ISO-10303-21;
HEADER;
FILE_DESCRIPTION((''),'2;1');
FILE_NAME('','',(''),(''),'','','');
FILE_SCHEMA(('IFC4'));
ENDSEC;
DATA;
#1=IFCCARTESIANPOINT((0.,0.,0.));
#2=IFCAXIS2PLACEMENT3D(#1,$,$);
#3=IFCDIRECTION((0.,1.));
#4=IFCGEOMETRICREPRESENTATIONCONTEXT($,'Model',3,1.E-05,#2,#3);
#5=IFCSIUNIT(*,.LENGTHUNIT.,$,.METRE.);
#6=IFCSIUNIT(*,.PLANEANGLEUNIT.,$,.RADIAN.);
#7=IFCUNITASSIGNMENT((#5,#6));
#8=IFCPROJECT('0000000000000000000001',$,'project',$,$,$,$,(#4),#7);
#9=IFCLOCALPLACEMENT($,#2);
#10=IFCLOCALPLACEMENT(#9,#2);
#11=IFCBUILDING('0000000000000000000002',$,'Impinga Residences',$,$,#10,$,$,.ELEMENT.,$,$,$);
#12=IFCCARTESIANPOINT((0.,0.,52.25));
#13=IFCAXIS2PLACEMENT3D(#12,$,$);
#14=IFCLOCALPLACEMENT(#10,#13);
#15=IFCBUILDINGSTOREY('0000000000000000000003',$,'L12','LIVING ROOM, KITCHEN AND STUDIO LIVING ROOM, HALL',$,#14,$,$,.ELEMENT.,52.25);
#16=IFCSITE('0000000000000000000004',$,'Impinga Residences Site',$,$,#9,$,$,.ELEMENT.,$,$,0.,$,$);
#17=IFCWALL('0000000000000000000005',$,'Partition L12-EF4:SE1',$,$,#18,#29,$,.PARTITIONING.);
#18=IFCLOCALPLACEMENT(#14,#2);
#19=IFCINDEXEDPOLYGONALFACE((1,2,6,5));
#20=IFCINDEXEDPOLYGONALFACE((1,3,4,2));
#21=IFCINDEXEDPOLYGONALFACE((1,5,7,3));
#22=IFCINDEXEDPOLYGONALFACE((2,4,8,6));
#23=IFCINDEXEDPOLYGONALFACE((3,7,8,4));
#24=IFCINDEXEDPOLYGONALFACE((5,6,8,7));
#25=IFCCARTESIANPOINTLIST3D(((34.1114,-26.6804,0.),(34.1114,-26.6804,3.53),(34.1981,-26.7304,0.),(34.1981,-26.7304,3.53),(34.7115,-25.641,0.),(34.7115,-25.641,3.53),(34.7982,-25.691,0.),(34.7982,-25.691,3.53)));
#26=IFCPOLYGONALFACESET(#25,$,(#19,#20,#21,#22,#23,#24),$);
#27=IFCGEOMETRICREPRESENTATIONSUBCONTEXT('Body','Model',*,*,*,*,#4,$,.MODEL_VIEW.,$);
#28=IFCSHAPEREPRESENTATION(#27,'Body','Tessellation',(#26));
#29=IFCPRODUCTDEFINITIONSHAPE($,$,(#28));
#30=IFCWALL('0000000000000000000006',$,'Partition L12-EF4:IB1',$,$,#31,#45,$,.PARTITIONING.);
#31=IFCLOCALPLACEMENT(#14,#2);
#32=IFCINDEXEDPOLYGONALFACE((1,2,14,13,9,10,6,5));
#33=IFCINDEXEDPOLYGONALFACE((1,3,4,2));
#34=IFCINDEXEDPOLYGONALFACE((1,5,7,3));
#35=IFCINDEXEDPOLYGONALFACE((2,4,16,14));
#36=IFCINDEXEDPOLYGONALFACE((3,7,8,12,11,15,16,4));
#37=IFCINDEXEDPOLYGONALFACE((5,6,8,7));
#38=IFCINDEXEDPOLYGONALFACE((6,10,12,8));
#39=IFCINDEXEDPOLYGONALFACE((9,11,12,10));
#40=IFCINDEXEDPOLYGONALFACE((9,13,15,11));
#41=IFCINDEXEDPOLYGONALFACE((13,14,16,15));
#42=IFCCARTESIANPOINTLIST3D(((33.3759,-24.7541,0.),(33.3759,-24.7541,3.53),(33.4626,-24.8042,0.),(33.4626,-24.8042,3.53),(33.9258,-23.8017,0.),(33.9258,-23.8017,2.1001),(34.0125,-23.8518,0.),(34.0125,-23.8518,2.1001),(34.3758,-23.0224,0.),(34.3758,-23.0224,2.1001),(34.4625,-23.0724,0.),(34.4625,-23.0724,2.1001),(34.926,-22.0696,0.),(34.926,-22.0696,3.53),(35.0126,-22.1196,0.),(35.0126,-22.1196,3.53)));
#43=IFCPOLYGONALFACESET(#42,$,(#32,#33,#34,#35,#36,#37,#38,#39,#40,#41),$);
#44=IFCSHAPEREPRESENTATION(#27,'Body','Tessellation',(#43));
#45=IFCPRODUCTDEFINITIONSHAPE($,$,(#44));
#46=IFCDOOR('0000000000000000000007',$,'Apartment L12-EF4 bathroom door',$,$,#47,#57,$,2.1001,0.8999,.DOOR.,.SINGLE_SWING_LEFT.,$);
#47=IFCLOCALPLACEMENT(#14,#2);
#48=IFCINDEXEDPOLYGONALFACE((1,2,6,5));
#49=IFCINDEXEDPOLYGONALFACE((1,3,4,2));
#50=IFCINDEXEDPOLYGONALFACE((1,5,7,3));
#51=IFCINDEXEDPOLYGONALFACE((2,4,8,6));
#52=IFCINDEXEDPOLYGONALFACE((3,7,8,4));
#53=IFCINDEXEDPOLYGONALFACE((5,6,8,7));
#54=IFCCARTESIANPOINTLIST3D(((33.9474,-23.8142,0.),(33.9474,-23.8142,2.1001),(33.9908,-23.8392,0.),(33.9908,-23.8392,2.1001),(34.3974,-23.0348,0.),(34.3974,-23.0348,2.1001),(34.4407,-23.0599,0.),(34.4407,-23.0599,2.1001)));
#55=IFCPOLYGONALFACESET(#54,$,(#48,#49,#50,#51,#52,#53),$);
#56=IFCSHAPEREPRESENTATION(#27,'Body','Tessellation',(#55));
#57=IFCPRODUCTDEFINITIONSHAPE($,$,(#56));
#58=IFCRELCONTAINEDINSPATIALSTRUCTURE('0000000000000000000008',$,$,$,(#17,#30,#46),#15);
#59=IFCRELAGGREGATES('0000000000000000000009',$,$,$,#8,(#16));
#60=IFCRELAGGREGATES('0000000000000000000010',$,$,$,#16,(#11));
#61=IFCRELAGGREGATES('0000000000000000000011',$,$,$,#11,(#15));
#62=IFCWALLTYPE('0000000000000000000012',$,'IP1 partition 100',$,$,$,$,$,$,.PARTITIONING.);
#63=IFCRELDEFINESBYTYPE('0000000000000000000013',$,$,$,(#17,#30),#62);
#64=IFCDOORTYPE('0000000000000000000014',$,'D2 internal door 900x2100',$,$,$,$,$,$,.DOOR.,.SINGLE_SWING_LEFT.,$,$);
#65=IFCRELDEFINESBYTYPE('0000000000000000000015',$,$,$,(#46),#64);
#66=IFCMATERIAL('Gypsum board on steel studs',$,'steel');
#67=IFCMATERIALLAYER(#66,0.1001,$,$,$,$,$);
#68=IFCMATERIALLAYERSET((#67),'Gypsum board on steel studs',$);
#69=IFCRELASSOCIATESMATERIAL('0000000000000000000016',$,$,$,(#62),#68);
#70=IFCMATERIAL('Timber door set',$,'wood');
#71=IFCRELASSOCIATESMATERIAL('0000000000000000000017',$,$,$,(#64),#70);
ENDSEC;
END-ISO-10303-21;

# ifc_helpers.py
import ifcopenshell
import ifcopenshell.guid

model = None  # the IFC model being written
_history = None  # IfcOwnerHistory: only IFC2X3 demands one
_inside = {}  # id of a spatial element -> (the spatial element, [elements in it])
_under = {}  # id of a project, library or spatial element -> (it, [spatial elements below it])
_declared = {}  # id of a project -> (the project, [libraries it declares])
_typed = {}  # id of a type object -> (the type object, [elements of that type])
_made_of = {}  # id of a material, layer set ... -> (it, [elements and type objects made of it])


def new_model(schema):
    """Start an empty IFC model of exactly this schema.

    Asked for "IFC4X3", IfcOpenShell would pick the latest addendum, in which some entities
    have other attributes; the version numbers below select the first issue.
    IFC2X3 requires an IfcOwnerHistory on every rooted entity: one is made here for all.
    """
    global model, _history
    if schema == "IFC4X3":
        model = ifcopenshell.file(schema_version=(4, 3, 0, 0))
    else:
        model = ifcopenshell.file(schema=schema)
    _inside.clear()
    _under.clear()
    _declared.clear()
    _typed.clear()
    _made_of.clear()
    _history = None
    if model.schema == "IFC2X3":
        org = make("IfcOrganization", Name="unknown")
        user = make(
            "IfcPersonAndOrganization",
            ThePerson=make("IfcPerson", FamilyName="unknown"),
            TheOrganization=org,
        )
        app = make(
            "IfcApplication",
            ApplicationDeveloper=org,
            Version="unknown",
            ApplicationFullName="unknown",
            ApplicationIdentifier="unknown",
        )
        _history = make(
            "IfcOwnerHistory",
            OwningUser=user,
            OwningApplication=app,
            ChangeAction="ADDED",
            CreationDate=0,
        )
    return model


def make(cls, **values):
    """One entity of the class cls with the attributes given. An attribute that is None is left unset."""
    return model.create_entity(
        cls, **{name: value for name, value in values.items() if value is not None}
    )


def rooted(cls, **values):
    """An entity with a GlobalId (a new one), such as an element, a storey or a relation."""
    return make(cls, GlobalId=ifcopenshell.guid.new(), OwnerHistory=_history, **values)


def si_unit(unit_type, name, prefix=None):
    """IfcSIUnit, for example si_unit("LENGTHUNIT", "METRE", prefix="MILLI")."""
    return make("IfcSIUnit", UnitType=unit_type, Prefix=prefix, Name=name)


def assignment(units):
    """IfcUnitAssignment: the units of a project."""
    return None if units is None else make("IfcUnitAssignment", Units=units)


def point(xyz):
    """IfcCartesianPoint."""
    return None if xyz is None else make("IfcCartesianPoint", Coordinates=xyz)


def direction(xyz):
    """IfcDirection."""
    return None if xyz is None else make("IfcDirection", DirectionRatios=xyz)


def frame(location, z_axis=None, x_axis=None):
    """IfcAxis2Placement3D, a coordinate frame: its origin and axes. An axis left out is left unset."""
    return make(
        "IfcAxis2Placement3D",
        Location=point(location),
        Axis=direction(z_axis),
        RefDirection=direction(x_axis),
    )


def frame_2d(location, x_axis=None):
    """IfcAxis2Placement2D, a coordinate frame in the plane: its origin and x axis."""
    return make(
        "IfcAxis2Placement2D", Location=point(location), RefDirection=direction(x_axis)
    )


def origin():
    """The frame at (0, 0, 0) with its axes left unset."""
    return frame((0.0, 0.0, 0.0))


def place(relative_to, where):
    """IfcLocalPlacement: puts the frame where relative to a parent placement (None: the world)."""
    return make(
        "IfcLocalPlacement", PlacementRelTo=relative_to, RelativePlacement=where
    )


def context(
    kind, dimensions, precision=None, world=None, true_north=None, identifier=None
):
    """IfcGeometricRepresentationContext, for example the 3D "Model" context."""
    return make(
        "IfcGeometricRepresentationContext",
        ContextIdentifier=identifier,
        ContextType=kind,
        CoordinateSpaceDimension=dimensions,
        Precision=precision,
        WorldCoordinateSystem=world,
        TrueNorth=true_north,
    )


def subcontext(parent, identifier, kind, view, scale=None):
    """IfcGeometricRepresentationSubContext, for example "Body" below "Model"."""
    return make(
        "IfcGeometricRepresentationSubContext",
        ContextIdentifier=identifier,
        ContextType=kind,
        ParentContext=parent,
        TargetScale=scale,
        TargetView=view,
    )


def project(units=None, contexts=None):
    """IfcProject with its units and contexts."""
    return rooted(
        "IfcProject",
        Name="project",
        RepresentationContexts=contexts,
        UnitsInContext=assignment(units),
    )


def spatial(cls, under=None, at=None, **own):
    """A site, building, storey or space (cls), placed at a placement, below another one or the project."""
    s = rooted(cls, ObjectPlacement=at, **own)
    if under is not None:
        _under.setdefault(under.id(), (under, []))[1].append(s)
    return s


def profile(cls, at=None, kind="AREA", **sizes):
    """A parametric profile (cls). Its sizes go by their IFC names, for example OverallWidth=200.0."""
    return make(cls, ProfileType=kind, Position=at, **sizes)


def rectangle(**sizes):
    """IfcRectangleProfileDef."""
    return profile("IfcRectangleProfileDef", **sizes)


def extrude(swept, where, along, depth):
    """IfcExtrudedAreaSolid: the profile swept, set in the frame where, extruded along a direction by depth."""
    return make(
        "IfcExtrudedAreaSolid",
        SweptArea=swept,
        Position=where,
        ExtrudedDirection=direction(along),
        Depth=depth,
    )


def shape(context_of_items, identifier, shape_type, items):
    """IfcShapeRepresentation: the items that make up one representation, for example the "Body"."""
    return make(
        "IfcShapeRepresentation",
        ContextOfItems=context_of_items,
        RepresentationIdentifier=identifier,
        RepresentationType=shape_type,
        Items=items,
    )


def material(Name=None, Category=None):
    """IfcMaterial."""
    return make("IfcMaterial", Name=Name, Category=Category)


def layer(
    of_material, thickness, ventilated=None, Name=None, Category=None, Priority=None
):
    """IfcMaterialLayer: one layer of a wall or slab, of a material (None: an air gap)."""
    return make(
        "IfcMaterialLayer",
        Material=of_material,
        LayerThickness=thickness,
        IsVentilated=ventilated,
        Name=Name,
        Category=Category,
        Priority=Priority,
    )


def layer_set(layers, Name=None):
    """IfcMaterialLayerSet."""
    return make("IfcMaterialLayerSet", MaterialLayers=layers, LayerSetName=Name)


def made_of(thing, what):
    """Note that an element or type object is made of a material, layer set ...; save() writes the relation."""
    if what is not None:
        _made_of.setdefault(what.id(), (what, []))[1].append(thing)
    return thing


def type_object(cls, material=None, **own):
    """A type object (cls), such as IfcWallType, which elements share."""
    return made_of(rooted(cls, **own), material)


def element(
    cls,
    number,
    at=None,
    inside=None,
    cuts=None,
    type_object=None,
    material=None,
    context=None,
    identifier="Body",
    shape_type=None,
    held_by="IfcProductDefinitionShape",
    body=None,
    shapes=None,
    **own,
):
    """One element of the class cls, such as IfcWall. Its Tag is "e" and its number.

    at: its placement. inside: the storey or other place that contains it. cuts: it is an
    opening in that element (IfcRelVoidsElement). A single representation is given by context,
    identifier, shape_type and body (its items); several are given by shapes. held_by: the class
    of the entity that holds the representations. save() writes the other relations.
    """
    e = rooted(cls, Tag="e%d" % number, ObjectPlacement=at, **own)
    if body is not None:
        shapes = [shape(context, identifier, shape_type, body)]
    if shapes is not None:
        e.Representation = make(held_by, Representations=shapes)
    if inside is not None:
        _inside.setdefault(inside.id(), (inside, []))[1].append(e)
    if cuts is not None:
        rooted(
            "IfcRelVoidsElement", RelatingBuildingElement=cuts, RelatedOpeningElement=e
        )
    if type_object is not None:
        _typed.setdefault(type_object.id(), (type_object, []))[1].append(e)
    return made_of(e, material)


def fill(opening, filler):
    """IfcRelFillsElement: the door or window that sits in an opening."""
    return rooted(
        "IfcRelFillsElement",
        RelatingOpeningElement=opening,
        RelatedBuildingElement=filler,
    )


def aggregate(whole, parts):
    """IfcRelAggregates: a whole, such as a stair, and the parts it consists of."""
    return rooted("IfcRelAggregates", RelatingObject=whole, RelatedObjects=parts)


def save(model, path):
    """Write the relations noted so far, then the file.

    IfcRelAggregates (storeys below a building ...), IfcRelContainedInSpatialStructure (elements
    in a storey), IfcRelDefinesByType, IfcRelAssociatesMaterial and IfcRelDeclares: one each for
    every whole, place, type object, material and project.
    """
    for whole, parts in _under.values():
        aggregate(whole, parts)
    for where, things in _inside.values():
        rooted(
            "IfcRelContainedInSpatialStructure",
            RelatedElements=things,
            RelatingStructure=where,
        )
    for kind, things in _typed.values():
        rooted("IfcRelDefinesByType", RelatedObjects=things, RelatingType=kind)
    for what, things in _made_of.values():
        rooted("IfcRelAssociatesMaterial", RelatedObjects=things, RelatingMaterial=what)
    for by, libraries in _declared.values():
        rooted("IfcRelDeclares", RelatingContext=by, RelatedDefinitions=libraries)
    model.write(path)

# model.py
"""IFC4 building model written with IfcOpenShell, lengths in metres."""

from ifc_helpers import new_model, si_unit, direction, frame, frame_2d, origin, place, context, subcontext, project, spatial, rectangle, extrude, material, layer, layer_set, type_object, element, fill, save


model = new_model("IFC4")

# Units and contexts
model_context = context("Model", 3, precision=1e-05, world=origin(), true_north=direction((0.0, 1.0)))
body_context = subcontext(model_context, "Body", "Model", "MODEL_VIEW")
ifc_project = project(units=[si_unit("LENGTHUNIT", "METRE"), si_unit("PLANEANGLEUNIT", "RADIAN")], contexts=[model_context])

# Site, building, storey
site_placement = place(None, origin())
site = spatial("IfcSite", under=ifc_project, at=site_placement, Name="Impinga Residences Site", CompositionType="ELEMENT", RefElevation=0.0)
building_placement = place(site_placement, origin())
building = spatial("IfcBuilding", under=site, at=building_placement, Name="Impinga Residences", CompositionType="ELEMENT")
storey_placement = place(building_placement, frame((0.0, 0.0, 52.25)))
storey = spatial("IfcBuildingStorey", under=building, at=storey_placement, Name="L12", Description="LIVING ROOM, KITCHEN AND STUDIO LIVING ROOM, HALL", CompositionType="ELEMENT", Elevation=52.25)

# Shared definitions
ifc_material_1 = material(Name="Gypsum board on steel studs", Category="steel")
ifc_layer_1 = layer(ifc_material_1, 0.1001)
ifc_layer_set_1 = layer_set([ifc_layer_1], Name="Gypsum board on steel studs")
wall_type_1 = type_object("IfcWallType", Name="IP1 partition 100", PredefinedType="PARTITIONING", material=ifc_layer_set_1)
ifc_material_2 = material(Name="Timber door set", Category="wood")
door_type = type_object("IfcDoorType", Name="D2 internal door 900x2100", OperationType="SINGLE_SWING_LEFT", PredefinedType="DOOR", material=ifc_material_2)

# Wall
wall_1_placement = place(storey_placement, frame((34.7549, -25.666, 0.0), z_axis=(0.0, 0.0, 1.0), x_axis=(-0.500034, -0.866006, 0.0)))
element("IfcWall", 1, at=wall_1_placement, inside=storey, type_object=wall_type_1, Name="Partition L12-EF4:SE1", PredefinedType="PARTITIONING", context=body_context, shape_type="SweptSolid", body=[
    extrude(rectangle(XDim=1.2002, YDim=0.1001, at=frame_2d((0.6001, 0.0))), origin(), (0.0, 0.0, 1.0), 3.53),
])

# Wall, opening, door
wall_2_placement = place(storey_placement, frame((34.9692, -22.0947, 0.0), z_axis=(0.0, 0.0, 1.0), x_axis=(-0.500027, -0.86601, 0.0)))
wall_2 = element("IfcWall", 2, at=wall_2_placement, inside=storey, type_object=wall_type_1, Name="Partition L12-EF4:IB1", PredefinedType="PARTITIONING", context=body_context, shape_type="SweptSolid", body=[
    extrude(rectangle(XDim=3.0999, YDim=0.1001, at=frame_2d((1.5498, 0.0))), origin(), (0.0, 0.0, 1.0), 3.53),
])
opening_1_placement = place(wall_2_placement, frame((1.1001, 0.0, 0.0)))
opening_1 = element("IfcOpeningElement", 3, at=opening_1_placement, cuts=wall_2, PredefinedType="OPENING", context=body_context, shape_type="SweptSolid", body=[
    extrude(rectangle(XDim=0.8999, YDim=2.1001, at=frame_2d((0.45, 1.05))), frame((0.0, 0.0601, 0.0), z_axis=(0.0, -1.0, 0.0), x_axis=(1.0, 0.0, 0.0)), (0.0, 0.0, 1.0), 0.1201),
])
door_1_placement = place(opening_1_placement, origin())
door_1 = element("IfcDoor", 4, at=door_1_placement, inside=storey, type_object=door_type, Name="Apartment L12-EF4 bathroom door", OperationType="SINGLE_SWING_LEFT", OverallHeight=2.1001, OverallWidth=0.8999, PredefinedType="DOOR", context=body_context, shape_type="SweptSolid", body=[
    extrude(rectangle(XDim=0.8999, YDim=2.1001, at=frame_2d((0.45, 1.05))), frame((0.0, 0.0249, 0.0), z_axis=(0.0, -1.0, 0.0), x_axis=(1.0, 0.0, 0.0)), (0.0, 0.0, 1.0), 0.05),
])
fill(opening_1, door_1)

save(model, "model.ifc")
